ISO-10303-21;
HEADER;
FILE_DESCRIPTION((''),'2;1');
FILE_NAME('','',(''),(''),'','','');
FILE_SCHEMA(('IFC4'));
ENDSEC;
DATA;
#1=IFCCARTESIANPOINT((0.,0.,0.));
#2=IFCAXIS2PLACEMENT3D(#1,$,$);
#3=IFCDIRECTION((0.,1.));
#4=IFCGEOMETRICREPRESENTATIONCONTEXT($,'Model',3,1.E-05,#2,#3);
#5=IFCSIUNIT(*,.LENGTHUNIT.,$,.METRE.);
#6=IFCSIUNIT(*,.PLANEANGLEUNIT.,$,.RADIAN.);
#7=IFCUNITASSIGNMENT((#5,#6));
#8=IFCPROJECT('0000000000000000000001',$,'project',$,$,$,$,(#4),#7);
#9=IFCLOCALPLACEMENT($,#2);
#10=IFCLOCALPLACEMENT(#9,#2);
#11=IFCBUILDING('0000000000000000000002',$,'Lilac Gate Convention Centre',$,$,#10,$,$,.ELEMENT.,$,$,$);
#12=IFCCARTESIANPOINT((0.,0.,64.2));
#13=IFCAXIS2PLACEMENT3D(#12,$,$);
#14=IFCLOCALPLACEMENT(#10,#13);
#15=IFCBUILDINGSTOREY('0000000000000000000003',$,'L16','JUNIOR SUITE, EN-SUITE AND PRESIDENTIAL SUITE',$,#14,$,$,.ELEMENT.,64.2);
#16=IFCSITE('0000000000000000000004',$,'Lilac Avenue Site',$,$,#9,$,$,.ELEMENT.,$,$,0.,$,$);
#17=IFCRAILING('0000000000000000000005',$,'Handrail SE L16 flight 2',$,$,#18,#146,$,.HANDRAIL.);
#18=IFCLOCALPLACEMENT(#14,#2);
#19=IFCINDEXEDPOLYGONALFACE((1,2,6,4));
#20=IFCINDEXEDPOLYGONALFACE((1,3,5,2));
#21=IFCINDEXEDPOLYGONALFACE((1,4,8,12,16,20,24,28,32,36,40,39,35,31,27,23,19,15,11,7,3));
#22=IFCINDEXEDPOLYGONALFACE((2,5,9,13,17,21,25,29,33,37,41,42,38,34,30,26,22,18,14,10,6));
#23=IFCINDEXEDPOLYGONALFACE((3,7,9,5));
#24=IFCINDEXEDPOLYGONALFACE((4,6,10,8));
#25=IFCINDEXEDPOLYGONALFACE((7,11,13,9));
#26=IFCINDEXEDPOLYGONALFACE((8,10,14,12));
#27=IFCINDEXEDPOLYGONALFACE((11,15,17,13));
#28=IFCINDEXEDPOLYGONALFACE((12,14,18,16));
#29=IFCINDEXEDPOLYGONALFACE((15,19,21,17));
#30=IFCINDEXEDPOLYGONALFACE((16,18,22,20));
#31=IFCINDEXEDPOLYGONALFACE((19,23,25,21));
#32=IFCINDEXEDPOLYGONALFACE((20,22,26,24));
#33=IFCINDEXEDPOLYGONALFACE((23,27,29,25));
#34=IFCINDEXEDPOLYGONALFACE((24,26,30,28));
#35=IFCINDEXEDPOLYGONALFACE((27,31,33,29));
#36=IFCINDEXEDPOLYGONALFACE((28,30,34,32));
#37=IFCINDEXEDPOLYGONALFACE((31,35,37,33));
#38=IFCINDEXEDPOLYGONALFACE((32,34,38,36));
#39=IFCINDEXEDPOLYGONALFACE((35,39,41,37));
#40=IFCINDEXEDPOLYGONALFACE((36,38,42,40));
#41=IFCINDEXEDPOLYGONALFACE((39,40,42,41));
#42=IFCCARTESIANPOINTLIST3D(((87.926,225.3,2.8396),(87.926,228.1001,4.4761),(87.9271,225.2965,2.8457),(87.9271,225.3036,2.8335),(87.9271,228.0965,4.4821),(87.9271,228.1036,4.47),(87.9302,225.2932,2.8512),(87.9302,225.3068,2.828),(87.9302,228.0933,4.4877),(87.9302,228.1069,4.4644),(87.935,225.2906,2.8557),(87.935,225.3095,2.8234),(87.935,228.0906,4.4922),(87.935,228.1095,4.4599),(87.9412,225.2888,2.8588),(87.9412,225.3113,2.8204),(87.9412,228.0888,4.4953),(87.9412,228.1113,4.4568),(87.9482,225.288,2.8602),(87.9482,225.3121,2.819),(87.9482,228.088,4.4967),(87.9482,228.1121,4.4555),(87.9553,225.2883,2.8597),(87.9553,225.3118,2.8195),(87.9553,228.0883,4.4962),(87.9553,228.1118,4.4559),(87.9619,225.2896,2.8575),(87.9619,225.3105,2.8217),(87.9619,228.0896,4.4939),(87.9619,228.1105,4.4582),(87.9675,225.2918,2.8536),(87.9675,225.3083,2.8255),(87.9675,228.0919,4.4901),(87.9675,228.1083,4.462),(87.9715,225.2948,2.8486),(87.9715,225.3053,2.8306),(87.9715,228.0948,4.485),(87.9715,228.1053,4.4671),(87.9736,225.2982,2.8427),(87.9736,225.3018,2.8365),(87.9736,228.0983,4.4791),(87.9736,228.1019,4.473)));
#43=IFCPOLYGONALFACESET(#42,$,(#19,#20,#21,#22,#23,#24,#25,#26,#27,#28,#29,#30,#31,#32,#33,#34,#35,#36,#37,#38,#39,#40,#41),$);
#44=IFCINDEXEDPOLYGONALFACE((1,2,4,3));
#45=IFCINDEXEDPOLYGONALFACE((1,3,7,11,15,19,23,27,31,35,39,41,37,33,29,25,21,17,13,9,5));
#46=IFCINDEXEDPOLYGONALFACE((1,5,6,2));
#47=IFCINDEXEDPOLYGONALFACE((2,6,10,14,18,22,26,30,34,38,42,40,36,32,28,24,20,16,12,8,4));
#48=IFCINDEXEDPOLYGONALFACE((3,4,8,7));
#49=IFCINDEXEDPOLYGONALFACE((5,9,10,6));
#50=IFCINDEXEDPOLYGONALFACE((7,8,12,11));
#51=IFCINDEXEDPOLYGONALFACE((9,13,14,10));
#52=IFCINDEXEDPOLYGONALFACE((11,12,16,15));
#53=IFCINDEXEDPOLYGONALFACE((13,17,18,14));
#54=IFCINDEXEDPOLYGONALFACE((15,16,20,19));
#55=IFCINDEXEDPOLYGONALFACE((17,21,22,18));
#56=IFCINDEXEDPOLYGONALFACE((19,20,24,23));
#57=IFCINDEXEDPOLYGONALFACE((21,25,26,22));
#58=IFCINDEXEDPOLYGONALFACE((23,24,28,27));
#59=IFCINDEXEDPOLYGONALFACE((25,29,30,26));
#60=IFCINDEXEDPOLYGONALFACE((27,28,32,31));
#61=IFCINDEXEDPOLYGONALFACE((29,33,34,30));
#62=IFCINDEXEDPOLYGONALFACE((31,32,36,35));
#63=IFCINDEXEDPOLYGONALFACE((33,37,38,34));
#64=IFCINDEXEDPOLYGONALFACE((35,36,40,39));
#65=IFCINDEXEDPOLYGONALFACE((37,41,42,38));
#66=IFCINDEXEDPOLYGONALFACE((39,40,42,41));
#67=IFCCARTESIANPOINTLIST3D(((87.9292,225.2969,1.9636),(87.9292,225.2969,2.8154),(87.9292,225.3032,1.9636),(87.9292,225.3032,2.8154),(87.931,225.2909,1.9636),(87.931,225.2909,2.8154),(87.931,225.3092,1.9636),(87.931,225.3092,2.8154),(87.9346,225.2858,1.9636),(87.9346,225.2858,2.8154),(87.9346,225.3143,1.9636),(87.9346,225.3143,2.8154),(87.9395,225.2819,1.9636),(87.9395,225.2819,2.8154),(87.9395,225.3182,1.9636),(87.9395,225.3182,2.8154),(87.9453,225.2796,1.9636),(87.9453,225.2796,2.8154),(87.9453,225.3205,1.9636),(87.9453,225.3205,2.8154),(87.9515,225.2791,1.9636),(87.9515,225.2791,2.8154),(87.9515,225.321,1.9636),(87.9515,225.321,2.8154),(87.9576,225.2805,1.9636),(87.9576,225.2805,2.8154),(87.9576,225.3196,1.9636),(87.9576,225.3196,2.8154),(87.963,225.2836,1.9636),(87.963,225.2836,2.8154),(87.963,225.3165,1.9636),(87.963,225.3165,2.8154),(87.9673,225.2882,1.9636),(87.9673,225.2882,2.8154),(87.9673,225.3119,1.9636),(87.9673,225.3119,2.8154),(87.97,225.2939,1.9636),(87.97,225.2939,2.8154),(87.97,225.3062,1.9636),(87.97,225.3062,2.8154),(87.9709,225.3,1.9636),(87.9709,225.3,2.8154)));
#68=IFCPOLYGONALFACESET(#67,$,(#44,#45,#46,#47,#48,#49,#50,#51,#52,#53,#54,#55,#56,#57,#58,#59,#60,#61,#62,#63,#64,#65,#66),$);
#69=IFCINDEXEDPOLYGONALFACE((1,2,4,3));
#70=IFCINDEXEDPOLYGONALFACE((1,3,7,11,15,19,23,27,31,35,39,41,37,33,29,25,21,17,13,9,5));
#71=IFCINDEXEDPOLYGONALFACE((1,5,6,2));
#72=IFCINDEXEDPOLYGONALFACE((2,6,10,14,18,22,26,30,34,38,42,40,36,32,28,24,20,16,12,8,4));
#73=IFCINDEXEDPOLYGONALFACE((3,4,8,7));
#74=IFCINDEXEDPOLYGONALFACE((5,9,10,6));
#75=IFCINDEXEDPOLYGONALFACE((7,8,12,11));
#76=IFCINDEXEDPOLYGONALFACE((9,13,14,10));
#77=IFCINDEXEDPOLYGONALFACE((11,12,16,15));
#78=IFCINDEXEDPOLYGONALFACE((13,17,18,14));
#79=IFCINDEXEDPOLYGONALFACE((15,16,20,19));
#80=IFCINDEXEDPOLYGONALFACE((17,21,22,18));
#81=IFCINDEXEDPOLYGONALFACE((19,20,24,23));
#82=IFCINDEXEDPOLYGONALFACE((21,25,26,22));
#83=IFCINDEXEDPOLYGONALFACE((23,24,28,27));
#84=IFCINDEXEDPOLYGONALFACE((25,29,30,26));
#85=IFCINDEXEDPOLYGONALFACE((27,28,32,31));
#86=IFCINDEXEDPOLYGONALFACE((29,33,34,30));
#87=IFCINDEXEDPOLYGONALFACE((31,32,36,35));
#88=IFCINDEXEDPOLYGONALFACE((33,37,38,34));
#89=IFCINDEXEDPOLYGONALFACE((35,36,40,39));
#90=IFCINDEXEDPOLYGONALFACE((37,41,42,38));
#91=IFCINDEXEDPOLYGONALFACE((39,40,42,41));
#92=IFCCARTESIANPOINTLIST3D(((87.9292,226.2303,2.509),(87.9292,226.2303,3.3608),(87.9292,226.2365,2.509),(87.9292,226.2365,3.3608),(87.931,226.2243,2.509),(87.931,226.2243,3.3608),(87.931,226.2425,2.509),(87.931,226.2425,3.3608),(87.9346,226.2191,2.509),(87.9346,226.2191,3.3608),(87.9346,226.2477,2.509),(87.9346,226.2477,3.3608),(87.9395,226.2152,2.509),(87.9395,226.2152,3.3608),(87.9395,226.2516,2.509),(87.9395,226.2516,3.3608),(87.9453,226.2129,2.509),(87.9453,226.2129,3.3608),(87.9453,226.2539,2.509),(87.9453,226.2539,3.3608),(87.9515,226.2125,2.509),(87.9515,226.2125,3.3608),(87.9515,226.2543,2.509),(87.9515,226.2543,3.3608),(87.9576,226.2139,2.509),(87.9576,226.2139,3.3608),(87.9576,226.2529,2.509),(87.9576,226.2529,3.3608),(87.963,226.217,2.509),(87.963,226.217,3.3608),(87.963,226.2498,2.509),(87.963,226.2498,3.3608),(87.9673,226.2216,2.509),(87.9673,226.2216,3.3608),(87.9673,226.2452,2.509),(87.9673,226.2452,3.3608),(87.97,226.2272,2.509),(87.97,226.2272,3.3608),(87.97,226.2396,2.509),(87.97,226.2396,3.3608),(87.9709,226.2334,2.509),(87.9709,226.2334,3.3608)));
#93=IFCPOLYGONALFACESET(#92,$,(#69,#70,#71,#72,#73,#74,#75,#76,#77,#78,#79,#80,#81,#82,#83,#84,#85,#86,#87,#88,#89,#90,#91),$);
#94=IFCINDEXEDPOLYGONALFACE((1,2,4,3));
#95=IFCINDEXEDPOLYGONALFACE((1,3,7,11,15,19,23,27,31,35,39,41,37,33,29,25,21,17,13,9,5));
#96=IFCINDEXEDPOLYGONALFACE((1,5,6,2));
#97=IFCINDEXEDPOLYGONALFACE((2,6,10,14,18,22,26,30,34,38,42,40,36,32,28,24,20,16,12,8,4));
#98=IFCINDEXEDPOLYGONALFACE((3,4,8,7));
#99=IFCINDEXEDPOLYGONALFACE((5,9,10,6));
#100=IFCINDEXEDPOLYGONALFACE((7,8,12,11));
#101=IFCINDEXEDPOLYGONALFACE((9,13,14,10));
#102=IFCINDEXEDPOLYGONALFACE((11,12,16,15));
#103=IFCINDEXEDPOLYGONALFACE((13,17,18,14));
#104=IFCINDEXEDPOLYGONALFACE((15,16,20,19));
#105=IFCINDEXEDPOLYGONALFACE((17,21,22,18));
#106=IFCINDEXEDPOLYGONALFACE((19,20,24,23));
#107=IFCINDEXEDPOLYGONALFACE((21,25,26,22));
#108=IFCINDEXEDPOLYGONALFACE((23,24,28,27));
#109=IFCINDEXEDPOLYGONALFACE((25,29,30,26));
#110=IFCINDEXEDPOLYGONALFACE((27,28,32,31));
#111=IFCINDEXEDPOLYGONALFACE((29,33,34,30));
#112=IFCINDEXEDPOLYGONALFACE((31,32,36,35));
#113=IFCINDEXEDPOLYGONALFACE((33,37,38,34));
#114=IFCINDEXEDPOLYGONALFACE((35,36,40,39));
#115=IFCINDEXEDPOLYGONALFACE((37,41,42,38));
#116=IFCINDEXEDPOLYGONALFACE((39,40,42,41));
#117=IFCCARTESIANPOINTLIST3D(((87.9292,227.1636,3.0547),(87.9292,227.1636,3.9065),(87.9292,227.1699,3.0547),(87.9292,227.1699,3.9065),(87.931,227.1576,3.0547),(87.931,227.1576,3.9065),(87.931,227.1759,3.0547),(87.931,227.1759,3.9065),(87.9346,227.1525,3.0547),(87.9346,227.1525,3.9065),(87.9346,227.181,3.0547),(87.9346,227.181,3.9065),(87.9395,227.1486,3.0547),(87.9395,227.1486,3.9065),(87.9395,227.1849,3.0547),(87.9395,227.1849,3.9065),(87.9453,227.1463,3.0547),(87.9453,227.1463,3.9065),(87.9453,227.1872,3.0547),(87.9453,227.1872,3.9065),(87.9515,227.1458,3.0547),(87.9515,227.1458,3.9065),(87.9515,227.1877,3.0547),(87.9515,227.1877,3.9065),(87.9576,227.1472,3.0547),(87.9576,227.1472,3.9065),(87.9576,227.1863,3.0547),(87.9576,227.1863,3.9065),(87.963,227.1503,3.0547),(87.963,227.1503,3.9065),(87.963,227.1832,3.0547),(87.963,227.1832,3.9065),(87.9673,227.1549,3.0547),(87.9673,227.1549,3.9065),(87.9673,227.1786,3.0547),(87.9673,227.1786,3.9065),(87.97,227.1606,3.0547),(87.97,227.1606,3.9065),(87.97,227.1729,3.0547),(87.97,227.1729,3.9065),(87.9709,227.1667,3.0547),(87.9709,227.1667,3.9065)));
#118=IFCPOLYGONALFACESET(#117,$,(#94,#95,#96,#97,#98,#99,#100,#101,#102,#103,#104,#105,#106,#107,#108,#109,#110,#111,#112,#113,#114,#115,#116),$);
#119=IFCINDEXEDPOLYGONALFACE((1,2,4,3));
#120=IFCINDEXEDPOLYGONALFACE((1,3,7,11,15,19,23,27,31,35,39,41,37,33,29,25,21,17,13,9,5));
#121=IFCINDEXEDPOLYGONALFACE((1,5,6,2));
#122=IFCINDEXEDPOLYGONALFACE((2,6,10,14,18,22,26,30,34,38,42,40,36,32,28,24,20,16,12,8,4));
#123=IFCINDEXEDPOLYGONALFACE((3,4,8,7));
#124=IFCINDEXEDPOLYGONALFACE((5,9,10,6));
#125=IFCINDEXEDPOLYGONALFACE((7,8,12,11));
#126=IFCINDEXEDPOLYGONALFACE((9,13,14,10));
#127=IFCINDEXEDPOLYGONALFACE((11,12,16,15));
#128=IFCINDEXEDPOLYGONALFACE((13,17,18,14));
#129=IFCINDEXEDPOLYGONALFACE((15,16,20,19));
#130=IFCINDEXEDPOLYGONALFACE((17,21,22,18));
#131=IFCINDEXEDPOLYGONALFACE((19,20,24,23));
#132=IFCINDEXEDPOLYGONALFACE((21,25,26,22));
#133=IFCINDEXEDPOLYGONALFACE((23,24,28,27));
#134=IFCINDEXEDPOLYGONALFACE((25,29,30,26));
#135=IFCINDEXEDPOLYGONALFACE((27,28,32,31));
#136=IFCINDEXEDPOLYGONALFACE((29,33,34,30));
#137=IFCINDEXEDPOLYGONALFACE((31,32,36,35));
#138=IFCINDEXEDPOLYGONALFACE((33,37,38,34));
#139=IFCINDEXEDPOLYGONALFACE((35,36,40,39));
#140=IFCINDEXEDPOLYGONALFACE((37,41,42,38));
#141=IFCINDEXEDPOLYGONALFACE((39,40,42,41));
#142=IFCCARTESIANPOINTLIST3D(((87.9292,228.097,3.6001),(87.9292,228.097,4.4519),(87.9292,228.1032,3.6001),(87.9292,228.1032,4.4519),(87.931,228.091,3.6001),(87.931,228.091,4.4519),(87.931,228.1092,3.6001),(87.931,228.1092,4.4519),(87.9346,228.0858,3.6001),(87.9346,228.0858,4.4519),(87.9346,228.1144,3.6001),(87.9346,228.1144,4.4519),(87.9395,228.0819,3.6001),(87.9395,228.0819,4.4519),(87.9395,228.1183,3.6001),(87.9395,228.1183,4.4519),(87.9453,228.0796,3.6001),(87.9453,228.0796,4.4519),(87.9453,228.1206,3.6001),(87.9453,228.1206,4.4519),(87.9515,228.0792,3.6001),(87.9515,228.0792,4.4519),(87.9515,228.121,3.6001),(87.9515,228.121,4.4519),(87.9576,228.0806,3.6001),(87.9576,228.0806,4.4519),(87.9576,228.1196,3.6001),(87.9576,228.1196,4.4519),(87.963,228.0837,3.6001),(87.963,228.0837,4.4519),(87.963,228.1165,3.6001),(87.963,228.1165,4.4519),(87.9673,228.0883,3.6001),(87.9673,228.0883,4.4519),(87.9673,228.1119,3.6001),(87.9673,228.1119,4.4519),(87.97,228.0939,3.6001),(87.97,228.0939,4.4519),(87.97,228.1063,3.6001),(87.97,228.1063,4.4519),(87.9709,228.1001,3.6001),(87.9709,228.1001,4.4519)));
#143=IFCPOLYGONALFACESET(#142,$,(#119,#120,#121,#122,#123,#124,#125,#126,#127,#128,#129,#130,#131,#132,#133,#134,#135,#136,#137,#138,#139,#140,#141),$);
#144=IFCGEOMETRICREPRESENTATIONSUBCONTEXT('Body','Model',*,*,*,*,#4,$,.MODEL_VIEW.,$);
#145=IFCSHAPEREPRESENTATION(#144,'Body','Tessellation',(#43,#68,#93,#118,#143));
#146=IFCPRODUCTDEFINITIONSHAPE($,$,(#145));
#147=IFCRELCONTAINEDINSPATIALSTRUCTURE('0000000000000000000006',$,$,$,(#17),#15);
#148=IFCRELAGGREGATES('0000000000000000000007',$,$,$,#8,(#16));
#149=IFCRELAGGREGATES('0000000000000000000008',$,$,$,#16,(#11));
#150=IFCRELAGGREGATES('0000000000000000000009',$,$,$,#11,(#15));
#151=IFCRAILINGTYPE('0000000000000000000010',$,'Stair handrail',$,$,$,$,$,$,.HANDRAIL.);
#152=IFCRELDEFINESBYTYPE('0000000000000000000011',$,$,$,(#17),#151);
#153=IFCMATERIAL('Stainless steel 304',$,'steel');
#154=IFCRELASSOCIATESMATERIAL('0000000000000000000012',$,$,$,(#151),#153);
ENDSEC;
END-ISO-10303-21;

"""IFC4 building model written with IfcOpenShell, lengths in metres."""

from ifc_helpers import new_model, si_unit, direction, frame, origin, origin_2d, place, context, subcontext, project, spatial, circle, extrude, material, type_object, element, save


model = new_model("IFC4")

# Units and contexts
model_context = context("Model", 3, precision=1e-05, world=origin(), true_north=direction((0.0, 1.0)))
body_context = subcontext(model_context, "Body", "Model", "MODEL_VIEW")
ifc_project = project(units=[si_unit("LENGTHUNIT", "METRE"), si_unit("PLANEANGLEUNIT", "RADIAN")], contexts=[model_context])

# Site, building, storey
site_placement = place(None, origin())
site = spatial("IfcSite", under=ifc_project, at=site_placement, Name="Lilac Avenue Site", CompositionType="ELEMENT", RefElevation=0.0)
building_placement = place(site_placement, origin())
building = spatial("IfcBuilding", under=site, at=building_placement, Name="Lilac Gate Convention Centre", CompositionType="ELEMENT")
storey_placement = place(building_placement, frame((0.0, 0.0, 64.2)))
storey = spatial("IfcBuildingStorey", under=building, at=storey_placement, Name="L16", Description="JUNIOR SUITE, EN-SUITE AND PRESIDENTIAL SUITE", CompositionType="ELEMENT", Elevation=64.2)

# Railing
ifc_material_1 = material(Name="Stainless steel 304", Category="steel")
railing_type = type_object("IfcRailingType", Name="Stair handrail", PredefinedType="HANDRAIL", material=ifc_material_1)
for number, where, name in (
    (1, (87.95, 225.3, 1.9636), "Handrail SE L16 flight 2"),
):
    element("IfcRailing", number, at=place(storey_placement, frame(where)), inside=storey, type_object=railing_type, Name=name, PredefinedType="HANDRAIL", context=body_context, shape_type="SweptSolid", body=[
        extrude(circle(Radius=0.0239, at=origin_2d()), frame((0.0, 0.0, 0.876), z_axis=(0.0, 0.863361, 0.504587), x_axis=(-1.0, 0.0, 0.0)), (0.0, 0.0, 1.0), 3.2432),
        extrude(circle(Radius=0.021, at=origin_2d()), origin(), (0.0, 0.0, 1.0), 0.8518),
        extrude(circle(Radius=0.021, at=origin_2d()), frame((0.0, 0.9333, 0.5454)), (0.0, 0.0, 1.0), 0.8518),
        extrude(circle(Radius=0.021, at=origin_2d()), frame((0.0, 1.8667, 1.0911)), (0.0, 0.0, 1.0), 0.8518),
        extrude(circle(Radius=0.021, at=origin_2d()), frame((0.0, 2.8, 1.6365)), (0.0, 0.0, 1.0), 0.8518),
    ])

save(model, "model.ifc")
